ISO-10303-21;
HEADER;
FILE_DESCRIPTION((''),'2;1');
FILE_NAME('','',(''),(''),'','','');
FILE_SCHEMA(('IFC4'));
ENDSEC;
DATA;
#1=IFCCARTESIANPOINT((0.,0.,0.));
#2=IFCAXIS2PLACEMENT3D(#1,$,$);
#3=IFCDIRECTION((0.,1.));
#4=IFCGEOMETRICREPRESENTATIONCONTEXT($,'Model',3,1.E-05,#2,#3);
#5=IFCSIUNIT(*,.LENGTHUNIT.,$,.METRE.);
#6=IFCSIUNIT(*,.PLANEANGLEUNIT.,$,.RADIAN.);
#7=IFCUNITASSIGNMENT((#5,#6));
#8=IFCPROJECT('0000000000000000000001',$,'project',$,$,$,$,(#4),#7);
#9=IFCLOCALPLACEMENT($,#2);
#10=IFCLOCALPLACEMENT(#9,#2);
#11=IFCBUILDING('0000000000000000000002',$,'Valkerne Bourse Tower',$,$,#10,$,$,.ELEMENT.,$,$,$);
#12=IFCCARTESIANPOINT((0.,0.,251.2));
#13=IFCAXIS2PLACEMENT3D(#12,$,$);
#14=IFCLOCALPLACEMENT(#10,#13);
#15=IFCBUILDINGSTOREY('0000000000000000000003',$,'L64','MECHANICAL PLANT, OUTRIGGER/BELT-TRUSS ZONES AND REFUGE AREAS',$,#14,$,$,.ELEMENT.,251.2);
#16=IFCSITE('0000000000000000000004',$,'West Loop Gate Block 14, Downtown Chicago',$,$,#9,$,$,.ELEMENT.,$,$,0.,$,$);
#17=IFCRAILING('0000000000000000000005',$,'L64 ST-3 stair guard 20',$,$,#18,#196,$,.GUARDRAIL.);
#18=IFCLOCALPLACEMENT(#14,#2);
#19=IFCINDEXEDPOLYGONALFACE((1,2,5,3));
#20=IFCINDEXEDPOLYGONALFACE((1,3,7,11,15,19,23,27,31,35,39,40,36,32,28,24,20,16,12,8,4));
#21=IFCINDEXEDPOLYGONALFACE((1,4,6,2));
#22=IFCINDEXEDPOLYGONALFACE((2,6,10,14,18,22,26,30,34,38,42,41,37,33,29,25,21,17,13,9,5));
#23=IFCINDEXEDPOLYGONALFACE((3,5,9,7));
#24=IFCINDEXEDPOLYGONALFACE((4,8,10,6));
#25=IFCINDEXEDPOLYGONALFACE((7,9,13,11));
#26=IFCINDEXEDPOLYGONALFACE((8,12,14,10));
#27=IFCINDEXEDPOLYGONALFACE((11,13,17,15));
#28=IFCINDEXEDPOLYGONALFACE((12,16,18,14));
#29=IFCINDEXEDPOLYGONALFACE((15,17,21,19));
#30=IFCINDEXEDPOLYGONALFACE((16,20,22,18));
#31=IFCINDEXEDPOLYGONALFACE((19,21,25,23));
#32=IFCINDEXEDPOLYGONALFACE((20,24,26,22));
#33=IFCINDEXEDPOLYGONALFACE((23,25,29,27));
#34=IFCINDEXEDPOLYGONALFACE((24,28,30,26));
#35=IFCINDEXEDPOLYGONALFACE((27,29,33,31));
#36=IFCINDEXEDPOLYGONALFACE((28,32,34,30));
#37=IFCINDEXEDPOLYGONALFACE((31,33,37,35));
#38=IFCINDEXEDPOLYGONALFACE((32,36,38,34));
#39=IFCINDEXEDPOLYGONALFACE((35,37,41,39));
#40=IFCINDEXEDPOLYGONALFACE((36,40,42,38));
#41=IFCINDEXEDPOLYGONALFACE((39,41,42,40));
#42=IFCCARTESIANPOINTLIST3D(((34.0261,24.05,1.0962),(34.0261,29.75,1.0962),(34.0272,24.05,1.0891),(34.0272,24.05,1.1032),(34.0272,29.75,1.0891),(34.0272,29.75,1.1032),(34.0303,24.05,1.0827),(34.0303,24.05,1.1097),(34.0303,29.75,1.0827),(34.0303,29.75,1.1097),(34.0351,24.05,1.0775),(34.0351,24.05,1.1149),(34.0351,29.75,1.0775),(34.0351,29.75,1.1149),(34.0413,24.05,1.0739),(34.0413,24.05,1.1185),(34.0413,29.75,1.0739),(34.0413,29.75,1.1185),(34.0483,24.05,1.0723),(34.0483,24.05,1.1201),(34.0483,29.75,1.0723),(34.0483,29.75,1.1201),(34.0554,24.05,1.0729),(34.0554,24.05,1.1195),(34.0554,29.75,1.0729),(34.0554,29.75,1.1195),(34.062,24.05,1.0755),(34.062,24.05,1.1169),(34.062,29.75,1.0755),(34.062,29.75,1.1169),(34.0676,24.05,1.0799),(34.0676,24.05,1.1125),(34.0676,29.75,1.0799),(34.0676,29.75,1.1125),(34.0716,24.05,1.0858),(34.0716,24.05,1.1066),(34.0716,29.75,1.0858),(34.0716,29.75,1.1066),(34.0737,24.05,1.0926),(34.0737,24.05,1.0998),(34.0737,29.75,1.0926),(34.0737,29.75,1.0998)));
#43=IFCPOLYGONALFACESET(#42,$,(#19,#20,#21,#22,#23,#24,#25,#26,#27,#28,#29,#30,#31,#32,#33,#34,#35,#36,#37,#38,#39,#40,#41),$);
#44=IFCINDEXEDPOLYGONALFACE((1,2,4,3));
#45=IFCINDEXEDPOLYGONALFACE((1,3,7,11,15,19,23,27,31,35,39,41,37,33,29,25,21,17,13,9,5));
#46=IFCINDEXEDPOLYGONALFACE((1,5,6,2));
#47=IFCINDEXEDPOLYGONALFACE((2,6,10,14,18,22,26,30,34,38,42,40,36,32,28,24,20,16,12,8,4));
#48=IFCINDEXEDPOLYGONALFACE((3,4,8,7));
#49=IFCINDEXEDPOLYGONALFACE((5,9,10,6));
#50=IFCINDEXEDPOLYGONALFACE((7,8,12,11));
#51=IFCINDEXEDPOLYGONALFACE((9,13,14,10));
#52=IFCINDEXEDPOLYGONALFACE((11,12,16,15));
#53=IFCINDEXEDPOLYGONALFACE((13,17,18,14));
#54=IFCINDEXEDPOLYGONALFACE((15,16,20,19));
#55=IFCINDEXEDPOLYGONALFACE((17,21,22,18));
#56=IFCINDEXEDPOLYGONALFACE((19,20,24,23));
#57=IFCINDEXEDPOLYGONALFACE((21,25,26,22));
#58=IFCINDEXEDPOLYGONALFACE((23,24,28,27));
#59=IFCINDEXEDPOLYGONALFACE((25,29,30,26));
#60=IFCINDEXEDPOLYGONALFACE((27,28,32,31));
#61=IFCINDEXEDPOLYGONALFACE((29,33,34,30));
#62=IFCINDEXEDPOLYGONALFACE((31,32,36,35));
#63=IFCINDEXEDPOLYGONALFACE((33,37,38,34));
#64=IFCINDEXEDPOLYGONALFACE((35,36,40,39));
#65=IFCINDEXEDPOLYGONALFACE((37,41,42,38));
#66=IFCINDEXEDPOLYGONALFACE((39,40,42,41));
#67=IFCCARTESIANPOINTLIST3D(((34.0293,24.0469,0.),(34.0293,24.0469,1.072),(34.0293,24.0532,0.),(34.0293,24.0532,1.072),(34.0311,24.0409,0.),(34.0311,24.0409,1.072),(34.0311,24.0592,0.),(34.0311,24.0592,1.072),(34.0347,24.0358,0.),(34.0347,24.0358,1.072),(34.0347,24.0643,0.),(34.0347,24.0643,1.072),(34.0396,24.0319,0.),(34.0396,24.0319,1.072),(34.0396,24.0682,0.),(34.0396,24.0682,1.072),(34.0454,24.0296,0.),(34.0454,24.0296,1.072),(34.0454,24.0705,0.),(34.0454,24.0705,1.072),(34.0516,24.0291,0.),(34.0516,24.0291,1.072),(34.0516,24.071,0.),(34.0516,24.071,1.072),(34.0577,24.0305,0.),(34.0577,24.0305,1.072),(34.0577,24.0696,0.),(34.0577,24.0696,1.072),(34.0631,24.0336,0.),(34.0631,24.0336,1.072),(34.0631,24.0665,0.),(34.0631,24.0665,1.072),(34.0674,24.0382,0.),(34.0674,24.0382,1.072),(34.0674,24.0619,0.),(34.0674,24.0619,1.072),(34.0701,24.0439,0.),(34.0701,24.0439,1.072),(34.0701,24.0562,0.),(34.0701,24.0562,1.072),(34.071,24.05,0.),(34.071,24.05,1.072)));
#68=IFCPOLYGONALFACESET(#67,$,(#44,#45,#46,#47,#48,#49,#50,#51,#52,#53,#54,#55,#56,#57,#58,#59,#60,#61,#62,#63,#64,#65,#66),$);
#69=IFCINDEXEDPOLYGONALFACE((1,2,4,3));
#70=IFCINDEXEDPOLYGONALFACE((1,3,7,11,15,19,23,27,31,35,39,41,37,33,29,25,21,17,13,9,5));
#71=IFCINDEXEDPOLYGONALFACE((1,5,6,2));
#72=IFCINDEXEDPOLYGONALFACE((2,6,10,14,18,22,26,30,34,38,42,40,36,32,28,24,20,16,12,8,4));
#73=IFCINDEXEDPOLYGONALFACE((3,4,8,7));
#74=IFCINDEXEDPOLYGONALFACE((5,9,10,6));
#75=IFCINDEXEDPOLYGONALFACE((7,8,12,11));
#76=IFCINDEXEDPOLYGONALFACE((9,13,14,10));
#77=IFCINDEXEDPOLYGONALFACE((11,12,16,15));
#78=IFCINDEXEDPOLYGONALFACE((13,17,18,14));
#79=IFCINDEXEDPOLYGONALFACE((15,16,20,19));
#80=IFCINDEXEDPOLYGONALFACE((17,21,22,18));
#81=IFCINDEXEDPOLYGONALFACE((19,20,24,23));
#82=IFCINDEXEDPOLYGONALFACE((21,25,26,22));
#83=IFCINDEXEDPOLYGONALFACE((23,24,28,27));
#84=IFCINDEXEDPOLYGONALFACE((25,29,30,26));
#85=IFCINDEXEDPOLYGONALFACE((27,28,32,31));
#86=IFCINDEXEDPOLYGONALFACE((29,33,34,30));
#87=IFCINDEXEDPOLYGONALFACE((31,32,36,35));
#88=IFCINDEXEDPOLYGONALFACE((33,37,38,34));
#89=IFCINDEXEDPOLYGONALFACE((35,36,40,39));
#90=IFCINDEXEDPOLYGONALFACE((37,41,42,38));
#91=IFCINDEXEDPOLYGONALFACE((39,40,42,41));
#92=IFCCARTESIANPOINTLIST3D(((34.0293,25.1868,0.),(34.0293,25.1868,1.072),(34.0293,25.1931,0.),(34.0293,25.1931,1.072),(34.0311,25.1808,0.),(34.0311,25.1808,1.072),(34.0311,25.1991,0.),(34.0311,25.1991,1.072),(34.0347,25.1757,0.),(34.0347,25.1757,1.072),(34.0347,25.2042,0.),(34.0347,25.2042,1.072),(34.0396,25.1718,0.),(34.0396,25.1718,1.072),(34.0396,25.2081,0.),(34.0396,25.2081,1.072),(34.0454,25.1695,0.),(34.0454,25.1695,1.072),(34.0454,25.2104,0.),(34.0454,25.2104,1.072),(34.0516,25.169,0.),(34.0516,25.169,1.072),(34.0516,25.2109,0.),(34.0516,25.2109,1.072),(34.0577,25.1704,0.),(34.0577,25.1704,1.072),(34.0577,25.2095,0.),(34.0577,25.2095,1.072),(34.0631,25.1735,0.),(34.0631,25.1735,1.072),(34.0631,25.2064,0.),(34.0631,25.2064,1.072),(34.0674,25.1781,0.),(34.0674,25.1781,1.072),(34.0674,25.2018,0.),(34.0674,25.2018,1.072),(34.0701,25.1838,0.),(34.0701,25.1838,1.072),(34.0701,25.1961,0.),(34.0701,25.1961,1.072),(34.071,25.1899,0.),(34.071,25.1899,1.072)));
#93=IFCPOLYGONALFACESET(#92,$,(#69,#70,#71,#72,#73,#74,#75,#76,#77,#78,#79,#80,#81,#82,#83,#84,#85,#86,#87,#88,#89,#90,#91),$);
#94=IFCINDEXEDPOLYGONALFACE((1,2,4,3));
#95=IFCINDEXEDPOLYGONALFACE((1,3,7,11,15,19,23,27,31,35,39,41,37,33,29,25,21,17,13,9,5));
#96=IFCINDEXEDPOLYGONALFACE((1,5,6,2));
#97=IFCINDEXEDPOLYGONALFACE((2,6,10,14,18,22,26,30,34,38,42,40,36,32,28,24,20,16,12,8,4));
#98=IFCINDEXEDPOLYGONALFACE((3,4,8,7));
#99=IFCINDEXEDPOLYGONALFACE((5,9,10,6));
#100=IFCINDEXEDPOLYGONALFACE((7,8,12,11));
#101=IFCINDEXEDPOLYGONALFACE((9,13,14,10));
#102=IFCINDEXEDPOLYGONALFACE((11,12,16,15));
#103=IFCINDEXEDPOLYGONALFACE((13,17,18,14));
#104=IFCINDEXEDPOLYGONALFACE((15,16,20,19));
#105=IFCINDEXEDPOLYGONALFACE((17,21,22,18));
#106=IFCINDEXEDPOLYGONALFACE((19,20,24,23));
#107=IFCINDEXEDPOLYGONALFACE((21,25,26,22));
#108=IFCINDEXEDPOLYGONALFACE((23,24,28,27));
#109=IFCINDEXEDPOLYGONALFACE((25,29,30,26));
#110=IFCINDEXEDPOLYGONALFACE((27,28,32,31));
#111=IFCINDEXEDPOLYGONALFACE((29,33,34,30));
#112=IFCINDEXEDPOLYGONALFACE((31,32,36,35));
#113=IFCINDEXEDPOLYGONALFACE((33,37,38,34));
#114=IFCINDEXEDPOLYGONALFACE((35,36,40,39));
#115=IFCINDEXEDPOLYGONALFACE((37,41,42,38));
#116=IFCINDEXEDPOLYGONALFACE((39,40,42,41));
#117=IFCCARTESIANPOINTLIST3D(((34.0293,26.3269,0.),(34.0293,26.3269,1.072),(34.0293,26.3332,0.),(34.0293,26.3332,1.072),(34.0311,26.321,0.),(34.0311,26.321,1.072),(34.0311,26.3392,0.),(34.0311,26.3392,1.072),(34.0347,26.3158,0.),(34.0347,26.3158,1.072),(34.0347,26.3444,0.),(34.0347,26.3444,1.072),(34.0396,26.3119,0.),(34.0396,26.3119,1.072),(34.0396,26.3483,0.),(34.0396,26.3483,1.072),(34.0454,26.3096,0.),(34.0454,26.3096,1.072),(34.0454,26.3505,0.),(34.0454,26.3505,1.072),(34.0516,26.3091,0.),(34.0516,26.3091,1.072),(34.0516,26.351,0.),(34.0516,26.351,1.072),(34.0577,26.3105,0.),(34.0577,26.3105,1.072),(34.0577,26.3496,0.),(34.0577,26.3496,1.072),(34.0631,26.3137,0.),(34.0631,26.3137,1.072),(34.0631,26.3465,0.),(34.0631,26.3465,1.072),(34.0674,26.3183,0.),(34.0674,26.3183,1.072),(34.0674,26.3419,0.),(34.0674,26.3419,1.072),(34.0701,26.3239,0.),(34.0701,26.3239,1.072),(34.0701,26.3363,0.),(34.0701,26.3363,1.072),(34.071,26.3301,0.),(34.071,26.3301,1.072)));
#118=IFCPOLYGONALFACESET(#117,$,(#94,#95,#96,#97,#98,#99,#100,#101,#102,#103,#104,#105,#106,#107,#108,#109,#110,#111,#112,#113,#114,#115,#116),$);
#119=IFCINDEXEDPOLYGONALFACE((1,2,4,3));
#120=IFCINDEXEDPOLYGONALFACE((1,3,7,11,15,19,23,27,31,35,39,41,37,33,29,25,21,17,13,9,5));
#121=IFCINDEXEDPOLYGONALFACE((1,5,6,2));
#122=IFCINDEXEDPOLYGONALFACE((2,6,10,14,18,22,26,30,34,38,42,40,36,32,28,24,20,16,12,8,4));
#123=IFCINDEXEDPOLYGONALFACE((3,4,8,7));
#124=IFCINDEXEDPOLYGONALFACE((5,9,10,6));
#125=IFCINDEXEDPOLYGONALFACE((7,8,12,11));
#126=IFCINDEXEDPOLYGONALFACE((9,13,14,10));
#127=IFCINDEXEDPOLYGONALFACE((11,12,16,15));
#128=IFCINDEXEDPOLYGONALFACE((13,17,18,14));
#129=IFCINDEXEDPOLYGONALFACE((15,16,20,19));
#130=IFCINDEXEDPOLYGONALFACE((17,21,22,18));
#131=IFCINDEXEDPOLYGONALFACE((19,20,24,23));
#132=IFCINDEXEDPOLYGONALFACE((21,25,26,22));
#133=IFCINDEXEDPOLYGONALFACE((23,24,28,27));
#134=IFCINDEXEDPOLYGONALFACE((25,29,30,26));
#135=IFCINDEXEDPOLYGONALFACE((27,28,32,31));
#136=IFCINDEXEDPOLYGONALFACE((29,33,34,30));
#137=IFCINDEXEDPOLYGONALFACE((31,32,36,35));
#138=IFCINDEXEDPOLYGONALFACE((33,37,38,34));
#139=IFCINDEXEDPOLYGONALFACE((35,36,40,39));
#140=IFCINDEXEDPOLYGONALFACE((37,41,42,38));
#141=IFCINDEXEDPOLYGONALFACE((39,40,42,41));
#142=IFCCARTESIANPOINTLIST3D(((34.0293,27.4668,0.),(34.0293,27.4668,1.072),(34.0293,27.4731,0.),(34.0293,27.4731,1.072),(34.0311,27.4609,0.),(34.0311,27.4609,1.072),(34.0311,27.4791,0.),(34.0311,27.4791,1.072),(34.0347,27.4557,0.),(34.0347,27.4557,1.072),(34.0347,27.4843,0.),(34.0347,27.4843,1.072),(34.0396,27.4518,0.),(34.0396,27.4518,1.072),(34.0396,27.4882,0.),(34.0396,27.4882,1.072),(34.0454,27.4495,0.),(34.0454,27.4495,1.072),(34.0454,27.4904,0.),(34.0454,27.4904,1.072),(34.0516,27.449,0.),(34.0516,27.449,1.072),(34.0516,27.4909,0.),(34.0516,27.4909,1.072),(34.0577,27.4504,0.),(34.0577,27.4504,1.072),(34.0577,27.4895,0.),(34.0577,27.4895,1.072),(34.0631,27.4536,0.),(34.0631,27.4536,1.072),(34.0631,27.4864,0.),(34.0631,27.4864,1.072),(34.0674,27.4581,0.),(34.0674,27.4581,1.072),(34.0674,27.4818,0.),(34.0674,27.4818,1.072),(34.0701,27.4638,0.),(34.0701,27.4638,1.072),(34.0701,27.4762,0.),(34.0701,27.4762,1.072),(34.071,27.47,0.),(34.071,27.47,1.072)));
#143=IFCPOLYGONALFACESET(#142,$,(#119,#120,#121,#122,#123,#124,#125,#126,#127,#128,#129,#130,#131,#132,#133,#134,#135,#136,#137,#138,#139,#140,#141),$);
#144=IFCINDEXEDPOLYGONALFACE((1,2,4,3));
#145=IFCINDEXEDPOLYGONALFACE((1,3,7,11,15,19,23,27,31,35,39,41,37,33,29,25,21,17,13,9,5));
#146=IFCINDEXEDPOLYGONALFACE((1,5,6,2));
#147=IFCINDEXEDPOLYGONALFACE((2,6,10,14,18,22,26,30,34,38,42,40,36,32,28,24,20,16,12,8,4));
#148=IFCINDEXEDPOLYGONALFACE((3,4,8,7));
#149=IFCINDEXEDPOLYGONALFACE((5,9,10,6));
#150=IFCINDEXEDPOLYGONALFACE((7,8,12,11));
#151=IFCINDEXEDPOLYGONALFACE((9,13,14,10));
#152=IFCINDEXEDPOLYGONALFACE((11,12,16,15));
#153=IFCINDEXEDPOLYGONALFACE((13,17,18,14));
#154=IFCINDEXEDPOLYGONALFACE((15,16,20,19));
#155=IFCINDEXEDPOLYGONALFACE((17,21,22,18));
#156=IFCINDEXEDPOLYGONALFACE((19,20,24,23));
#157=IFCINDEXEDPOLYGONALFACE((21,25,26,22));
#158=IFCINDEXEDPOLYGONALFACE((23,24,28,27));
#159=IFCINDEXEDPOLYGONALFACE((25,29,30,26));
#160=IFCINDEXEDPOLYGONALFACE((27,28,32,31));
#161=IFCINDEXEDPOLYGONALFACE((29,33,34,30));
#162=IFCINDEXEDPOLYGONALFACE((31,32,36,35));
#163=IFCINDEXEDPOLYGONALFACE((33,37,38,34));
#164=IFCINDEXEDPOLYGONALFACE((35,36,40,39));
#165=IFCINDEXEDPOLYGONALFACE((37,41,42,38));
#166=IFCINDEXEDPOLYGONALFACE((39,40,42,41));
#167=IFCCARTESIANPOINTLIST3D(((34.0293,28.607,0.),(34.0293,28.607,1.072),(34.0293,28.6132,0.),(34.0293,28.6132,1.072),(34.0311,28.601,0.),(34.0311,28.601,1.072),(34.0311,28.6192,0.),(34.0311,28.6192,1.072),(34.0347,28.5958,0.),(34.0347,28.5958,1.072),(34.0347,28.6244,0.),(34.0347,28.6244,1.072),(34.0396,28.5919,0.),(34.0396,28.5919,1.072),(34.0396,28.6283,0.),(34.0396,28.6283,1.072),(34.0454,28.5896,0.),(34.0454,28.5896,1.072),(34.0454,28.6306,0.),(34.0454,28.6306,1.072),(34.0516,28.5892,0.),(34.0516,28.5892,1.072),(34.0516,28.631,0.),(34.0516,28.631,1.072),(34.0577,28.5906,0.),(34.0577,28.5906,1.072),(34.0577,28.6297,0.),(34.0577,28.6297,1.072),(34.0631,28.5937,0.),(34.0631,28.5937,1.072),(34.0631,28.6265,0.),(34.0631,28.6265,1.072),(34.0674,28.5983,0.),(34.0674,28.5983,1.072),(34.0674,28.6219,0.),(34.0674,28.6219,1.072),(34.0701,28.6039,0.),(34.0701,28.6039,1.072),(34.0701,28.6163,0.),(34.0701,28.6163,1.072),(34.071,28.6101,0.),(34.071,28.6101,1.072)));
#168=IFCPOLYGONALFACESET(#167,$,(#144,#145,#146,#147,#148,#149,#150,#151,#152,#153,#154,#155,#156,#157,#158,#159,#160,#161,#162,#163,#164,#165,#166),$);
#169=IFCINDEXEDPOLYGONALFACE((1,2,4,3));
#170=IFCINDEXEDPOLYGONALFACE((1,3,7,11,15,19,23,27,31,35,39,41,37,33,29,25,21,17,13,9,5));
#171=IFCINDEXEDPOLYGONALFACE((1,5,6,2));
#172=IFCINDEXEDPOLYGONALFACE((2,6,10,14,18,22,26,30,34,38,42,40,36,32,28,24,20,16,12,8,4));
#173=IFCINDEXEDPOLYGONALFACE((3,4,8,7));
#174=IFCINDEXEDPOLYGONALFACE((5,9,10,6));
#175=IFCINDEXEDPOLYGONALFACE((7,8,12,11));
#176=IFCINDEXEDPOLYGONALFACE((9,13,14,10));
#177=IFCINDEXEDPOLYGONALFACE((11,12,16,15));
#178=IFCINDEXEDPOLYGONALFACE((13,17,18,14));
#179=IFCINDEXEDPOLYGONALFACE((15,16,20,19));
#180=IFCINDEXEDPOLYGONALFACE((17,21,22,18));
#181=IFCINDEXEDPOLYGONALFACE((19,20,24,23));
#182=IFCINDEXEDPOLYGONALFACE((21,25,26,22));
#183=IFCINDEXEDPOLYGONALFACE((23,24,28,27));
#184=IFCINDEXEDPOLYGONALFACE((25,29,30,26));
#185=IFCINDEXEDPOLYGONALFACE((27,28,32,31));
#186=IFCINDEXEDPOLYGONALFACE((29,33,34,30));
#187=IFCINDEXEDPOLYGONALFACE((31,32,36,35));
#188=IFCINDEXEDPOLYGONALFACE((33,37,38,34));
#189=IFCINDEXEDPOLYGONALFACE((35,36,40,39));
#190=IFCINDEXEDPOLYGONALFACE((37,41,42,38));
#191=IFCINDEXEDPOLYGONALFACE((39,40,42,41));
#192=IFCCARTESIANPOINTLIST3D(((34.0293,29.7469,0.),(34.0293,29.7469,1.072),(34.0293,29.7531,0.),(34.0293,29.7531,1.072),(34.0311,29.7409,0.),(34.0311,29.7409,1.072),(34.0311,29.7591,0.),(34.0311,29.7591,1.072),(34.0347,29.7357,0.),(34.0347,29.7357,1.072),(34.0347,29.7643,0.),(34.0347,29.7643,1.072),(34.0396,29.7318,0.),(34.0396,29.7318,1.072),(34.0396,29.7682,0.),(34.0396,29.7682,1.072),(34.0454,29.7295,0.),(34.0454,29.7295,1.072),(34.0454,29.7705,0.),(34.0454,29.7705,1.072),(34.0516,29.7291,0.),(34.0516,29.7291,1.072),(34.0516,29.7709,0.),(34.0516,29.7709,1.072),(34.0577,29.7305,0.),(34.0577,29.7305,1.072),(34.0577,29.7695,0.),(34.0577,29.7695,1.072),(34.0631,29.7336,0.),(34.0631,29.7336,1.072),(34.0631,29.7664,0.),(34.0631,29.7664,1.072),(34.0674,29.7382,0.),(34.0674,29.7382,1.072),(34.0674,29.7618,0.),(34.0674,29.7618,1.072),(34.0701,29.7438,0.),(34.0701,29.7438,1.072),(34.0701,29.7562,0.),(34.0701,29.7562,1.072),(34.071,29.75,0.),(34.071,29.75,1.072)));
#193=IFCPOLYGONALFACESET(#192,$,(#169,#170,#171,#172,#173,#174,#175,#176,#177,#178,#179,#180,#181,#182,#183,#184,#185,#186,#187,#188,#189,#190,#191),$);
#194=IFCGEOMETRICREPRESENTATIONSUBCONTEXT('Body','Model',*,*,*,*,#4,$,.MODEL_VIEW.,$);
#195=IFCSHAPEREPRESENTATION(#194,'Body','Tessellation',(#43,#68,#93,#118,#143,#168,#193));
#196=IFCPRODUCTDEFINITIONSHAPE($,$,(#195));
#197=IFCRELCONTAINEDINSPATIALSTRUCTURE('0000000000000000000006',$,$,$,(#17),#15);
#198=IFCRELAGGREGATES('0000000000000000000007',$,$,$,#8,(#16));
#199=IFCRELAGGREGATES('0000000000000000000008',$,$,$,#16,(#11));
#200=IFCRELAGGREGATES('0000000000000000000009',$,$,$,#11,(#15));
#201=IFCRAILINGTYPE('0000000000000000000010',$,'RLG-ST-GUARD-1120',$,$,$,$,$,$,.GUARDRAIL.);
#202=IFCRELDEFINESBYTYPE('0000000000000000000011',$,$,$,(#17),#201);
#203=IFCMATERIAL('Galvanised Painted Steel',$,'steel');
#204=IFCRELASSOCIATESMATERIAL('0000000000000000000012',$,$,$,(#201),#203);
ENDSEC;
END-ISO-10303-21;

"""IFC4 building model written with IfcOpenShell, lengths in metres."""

from ifc_helpers import new_model, si_unit, direction, frame, origin, origin_2d, place, context, subcontext, project, spatial, circle, extrude, material, type_object, element, save


model = new_model("IFC4")

# Units and contexts
model_context = context("Model", 3, precision=1e-05, world=origin(), true_north=direction((0.0, 1.0)))
body_context = subcontext(model_context, "Body", "Model", "MODEL_VIEW")
ifc_project = project(units=[si_unit("LENGTHUNIT", "METRE"), si_unit("PLANEANGLEUNIT", "RADIAN")], contexts=[model_context])

# Site, building, storey
site_placement = place(None, origin())
site = spatial("IfcSite", under=ifc_project, at=site_placement, Name="West Loop Gate Block 14, Downtown Chicago", CompositionType="ELEMENT", RefElevation=0.0)
building_placement = place(site_placement, origin())
building = spatial("IfcBuilding", under=site, at=building_placement, Name="Valkerne Bourse Tower", CompositionType="ELEMENT")
storey_placement = place(building_placement, frame((0.0, 0.0, 251.2)))
storey = spatial("IfcBuildingStorey", under=building, at=storey_placement, Name="L64", Description="MECHANICAL PLANT, OUTRIGGER/BELT-TRUSS ZONES AND REFUGE AREAS", CompositionType="ELEMENT", Elevation=251.2)

# Railing
ifc_material_1 = material(Name="Galvanised Painted Steel", Category="steel")
railing_type_1 = type_object("IfcRailingType", Name="RLG-ST-GUARD-1120", PredefinedType="GUARDRAIL", material=ifc_material_1)
railing_1_placement = place(storey_placement, frame((34.05, 24.05, 0.0)))
element("IfcRailing", 1, at=railing_1_placement, inside=storey, type_object=railing_type_1, Name="L64 ST-3 stair guard 20", PredefinedType="GUARDRAIL", context=body_context, shape_type="SweptSolid", body=[
    extrude(circle(Radius=0.0239, at=origin_2d()), frame((0.0, 0.0, 1.0962), z_axis=(0.0, 1.0, 0.0), x_axis=(-1.0, 0.0, 0.0)), (0.0, 0.0, 1.0), 5.7),
    extrude(circle(Radius=0.021, at=origin_2d()), origin(), (0.0, 0.0, 1.0), 1.072),
    extrude(circle(Radius=0.021, at=origin_2d()), frame((0.0, 1.1399, 0.0)), (0.0, 0.0, 1.0), 1.072),
    extrude(circle(Radius=0.021, at=origin_2d()), frame((0.0, 2.28, 0.0)), (0.0, 0.0, 1.0), 1.072),
    extrude(circle(Radius=0.021, at=origin_2d()), frame((0.0, 3.4199, 0.0)), (0.0, 0.0, 1.0), 1.072),
    extrude(circle(Radius=0.021, at=origin_2d()), frame((0.0, 4.5601, 0.0)), (0.0, 0.0, 1.0), 1.072),
    extrude(circle(Radius=0.021, at=origin_2d()), frame((0.0, 5.7, 0.0)), (0.0, 0.0, 1.0), 1.072),
])

save(model, "model.ifc")
